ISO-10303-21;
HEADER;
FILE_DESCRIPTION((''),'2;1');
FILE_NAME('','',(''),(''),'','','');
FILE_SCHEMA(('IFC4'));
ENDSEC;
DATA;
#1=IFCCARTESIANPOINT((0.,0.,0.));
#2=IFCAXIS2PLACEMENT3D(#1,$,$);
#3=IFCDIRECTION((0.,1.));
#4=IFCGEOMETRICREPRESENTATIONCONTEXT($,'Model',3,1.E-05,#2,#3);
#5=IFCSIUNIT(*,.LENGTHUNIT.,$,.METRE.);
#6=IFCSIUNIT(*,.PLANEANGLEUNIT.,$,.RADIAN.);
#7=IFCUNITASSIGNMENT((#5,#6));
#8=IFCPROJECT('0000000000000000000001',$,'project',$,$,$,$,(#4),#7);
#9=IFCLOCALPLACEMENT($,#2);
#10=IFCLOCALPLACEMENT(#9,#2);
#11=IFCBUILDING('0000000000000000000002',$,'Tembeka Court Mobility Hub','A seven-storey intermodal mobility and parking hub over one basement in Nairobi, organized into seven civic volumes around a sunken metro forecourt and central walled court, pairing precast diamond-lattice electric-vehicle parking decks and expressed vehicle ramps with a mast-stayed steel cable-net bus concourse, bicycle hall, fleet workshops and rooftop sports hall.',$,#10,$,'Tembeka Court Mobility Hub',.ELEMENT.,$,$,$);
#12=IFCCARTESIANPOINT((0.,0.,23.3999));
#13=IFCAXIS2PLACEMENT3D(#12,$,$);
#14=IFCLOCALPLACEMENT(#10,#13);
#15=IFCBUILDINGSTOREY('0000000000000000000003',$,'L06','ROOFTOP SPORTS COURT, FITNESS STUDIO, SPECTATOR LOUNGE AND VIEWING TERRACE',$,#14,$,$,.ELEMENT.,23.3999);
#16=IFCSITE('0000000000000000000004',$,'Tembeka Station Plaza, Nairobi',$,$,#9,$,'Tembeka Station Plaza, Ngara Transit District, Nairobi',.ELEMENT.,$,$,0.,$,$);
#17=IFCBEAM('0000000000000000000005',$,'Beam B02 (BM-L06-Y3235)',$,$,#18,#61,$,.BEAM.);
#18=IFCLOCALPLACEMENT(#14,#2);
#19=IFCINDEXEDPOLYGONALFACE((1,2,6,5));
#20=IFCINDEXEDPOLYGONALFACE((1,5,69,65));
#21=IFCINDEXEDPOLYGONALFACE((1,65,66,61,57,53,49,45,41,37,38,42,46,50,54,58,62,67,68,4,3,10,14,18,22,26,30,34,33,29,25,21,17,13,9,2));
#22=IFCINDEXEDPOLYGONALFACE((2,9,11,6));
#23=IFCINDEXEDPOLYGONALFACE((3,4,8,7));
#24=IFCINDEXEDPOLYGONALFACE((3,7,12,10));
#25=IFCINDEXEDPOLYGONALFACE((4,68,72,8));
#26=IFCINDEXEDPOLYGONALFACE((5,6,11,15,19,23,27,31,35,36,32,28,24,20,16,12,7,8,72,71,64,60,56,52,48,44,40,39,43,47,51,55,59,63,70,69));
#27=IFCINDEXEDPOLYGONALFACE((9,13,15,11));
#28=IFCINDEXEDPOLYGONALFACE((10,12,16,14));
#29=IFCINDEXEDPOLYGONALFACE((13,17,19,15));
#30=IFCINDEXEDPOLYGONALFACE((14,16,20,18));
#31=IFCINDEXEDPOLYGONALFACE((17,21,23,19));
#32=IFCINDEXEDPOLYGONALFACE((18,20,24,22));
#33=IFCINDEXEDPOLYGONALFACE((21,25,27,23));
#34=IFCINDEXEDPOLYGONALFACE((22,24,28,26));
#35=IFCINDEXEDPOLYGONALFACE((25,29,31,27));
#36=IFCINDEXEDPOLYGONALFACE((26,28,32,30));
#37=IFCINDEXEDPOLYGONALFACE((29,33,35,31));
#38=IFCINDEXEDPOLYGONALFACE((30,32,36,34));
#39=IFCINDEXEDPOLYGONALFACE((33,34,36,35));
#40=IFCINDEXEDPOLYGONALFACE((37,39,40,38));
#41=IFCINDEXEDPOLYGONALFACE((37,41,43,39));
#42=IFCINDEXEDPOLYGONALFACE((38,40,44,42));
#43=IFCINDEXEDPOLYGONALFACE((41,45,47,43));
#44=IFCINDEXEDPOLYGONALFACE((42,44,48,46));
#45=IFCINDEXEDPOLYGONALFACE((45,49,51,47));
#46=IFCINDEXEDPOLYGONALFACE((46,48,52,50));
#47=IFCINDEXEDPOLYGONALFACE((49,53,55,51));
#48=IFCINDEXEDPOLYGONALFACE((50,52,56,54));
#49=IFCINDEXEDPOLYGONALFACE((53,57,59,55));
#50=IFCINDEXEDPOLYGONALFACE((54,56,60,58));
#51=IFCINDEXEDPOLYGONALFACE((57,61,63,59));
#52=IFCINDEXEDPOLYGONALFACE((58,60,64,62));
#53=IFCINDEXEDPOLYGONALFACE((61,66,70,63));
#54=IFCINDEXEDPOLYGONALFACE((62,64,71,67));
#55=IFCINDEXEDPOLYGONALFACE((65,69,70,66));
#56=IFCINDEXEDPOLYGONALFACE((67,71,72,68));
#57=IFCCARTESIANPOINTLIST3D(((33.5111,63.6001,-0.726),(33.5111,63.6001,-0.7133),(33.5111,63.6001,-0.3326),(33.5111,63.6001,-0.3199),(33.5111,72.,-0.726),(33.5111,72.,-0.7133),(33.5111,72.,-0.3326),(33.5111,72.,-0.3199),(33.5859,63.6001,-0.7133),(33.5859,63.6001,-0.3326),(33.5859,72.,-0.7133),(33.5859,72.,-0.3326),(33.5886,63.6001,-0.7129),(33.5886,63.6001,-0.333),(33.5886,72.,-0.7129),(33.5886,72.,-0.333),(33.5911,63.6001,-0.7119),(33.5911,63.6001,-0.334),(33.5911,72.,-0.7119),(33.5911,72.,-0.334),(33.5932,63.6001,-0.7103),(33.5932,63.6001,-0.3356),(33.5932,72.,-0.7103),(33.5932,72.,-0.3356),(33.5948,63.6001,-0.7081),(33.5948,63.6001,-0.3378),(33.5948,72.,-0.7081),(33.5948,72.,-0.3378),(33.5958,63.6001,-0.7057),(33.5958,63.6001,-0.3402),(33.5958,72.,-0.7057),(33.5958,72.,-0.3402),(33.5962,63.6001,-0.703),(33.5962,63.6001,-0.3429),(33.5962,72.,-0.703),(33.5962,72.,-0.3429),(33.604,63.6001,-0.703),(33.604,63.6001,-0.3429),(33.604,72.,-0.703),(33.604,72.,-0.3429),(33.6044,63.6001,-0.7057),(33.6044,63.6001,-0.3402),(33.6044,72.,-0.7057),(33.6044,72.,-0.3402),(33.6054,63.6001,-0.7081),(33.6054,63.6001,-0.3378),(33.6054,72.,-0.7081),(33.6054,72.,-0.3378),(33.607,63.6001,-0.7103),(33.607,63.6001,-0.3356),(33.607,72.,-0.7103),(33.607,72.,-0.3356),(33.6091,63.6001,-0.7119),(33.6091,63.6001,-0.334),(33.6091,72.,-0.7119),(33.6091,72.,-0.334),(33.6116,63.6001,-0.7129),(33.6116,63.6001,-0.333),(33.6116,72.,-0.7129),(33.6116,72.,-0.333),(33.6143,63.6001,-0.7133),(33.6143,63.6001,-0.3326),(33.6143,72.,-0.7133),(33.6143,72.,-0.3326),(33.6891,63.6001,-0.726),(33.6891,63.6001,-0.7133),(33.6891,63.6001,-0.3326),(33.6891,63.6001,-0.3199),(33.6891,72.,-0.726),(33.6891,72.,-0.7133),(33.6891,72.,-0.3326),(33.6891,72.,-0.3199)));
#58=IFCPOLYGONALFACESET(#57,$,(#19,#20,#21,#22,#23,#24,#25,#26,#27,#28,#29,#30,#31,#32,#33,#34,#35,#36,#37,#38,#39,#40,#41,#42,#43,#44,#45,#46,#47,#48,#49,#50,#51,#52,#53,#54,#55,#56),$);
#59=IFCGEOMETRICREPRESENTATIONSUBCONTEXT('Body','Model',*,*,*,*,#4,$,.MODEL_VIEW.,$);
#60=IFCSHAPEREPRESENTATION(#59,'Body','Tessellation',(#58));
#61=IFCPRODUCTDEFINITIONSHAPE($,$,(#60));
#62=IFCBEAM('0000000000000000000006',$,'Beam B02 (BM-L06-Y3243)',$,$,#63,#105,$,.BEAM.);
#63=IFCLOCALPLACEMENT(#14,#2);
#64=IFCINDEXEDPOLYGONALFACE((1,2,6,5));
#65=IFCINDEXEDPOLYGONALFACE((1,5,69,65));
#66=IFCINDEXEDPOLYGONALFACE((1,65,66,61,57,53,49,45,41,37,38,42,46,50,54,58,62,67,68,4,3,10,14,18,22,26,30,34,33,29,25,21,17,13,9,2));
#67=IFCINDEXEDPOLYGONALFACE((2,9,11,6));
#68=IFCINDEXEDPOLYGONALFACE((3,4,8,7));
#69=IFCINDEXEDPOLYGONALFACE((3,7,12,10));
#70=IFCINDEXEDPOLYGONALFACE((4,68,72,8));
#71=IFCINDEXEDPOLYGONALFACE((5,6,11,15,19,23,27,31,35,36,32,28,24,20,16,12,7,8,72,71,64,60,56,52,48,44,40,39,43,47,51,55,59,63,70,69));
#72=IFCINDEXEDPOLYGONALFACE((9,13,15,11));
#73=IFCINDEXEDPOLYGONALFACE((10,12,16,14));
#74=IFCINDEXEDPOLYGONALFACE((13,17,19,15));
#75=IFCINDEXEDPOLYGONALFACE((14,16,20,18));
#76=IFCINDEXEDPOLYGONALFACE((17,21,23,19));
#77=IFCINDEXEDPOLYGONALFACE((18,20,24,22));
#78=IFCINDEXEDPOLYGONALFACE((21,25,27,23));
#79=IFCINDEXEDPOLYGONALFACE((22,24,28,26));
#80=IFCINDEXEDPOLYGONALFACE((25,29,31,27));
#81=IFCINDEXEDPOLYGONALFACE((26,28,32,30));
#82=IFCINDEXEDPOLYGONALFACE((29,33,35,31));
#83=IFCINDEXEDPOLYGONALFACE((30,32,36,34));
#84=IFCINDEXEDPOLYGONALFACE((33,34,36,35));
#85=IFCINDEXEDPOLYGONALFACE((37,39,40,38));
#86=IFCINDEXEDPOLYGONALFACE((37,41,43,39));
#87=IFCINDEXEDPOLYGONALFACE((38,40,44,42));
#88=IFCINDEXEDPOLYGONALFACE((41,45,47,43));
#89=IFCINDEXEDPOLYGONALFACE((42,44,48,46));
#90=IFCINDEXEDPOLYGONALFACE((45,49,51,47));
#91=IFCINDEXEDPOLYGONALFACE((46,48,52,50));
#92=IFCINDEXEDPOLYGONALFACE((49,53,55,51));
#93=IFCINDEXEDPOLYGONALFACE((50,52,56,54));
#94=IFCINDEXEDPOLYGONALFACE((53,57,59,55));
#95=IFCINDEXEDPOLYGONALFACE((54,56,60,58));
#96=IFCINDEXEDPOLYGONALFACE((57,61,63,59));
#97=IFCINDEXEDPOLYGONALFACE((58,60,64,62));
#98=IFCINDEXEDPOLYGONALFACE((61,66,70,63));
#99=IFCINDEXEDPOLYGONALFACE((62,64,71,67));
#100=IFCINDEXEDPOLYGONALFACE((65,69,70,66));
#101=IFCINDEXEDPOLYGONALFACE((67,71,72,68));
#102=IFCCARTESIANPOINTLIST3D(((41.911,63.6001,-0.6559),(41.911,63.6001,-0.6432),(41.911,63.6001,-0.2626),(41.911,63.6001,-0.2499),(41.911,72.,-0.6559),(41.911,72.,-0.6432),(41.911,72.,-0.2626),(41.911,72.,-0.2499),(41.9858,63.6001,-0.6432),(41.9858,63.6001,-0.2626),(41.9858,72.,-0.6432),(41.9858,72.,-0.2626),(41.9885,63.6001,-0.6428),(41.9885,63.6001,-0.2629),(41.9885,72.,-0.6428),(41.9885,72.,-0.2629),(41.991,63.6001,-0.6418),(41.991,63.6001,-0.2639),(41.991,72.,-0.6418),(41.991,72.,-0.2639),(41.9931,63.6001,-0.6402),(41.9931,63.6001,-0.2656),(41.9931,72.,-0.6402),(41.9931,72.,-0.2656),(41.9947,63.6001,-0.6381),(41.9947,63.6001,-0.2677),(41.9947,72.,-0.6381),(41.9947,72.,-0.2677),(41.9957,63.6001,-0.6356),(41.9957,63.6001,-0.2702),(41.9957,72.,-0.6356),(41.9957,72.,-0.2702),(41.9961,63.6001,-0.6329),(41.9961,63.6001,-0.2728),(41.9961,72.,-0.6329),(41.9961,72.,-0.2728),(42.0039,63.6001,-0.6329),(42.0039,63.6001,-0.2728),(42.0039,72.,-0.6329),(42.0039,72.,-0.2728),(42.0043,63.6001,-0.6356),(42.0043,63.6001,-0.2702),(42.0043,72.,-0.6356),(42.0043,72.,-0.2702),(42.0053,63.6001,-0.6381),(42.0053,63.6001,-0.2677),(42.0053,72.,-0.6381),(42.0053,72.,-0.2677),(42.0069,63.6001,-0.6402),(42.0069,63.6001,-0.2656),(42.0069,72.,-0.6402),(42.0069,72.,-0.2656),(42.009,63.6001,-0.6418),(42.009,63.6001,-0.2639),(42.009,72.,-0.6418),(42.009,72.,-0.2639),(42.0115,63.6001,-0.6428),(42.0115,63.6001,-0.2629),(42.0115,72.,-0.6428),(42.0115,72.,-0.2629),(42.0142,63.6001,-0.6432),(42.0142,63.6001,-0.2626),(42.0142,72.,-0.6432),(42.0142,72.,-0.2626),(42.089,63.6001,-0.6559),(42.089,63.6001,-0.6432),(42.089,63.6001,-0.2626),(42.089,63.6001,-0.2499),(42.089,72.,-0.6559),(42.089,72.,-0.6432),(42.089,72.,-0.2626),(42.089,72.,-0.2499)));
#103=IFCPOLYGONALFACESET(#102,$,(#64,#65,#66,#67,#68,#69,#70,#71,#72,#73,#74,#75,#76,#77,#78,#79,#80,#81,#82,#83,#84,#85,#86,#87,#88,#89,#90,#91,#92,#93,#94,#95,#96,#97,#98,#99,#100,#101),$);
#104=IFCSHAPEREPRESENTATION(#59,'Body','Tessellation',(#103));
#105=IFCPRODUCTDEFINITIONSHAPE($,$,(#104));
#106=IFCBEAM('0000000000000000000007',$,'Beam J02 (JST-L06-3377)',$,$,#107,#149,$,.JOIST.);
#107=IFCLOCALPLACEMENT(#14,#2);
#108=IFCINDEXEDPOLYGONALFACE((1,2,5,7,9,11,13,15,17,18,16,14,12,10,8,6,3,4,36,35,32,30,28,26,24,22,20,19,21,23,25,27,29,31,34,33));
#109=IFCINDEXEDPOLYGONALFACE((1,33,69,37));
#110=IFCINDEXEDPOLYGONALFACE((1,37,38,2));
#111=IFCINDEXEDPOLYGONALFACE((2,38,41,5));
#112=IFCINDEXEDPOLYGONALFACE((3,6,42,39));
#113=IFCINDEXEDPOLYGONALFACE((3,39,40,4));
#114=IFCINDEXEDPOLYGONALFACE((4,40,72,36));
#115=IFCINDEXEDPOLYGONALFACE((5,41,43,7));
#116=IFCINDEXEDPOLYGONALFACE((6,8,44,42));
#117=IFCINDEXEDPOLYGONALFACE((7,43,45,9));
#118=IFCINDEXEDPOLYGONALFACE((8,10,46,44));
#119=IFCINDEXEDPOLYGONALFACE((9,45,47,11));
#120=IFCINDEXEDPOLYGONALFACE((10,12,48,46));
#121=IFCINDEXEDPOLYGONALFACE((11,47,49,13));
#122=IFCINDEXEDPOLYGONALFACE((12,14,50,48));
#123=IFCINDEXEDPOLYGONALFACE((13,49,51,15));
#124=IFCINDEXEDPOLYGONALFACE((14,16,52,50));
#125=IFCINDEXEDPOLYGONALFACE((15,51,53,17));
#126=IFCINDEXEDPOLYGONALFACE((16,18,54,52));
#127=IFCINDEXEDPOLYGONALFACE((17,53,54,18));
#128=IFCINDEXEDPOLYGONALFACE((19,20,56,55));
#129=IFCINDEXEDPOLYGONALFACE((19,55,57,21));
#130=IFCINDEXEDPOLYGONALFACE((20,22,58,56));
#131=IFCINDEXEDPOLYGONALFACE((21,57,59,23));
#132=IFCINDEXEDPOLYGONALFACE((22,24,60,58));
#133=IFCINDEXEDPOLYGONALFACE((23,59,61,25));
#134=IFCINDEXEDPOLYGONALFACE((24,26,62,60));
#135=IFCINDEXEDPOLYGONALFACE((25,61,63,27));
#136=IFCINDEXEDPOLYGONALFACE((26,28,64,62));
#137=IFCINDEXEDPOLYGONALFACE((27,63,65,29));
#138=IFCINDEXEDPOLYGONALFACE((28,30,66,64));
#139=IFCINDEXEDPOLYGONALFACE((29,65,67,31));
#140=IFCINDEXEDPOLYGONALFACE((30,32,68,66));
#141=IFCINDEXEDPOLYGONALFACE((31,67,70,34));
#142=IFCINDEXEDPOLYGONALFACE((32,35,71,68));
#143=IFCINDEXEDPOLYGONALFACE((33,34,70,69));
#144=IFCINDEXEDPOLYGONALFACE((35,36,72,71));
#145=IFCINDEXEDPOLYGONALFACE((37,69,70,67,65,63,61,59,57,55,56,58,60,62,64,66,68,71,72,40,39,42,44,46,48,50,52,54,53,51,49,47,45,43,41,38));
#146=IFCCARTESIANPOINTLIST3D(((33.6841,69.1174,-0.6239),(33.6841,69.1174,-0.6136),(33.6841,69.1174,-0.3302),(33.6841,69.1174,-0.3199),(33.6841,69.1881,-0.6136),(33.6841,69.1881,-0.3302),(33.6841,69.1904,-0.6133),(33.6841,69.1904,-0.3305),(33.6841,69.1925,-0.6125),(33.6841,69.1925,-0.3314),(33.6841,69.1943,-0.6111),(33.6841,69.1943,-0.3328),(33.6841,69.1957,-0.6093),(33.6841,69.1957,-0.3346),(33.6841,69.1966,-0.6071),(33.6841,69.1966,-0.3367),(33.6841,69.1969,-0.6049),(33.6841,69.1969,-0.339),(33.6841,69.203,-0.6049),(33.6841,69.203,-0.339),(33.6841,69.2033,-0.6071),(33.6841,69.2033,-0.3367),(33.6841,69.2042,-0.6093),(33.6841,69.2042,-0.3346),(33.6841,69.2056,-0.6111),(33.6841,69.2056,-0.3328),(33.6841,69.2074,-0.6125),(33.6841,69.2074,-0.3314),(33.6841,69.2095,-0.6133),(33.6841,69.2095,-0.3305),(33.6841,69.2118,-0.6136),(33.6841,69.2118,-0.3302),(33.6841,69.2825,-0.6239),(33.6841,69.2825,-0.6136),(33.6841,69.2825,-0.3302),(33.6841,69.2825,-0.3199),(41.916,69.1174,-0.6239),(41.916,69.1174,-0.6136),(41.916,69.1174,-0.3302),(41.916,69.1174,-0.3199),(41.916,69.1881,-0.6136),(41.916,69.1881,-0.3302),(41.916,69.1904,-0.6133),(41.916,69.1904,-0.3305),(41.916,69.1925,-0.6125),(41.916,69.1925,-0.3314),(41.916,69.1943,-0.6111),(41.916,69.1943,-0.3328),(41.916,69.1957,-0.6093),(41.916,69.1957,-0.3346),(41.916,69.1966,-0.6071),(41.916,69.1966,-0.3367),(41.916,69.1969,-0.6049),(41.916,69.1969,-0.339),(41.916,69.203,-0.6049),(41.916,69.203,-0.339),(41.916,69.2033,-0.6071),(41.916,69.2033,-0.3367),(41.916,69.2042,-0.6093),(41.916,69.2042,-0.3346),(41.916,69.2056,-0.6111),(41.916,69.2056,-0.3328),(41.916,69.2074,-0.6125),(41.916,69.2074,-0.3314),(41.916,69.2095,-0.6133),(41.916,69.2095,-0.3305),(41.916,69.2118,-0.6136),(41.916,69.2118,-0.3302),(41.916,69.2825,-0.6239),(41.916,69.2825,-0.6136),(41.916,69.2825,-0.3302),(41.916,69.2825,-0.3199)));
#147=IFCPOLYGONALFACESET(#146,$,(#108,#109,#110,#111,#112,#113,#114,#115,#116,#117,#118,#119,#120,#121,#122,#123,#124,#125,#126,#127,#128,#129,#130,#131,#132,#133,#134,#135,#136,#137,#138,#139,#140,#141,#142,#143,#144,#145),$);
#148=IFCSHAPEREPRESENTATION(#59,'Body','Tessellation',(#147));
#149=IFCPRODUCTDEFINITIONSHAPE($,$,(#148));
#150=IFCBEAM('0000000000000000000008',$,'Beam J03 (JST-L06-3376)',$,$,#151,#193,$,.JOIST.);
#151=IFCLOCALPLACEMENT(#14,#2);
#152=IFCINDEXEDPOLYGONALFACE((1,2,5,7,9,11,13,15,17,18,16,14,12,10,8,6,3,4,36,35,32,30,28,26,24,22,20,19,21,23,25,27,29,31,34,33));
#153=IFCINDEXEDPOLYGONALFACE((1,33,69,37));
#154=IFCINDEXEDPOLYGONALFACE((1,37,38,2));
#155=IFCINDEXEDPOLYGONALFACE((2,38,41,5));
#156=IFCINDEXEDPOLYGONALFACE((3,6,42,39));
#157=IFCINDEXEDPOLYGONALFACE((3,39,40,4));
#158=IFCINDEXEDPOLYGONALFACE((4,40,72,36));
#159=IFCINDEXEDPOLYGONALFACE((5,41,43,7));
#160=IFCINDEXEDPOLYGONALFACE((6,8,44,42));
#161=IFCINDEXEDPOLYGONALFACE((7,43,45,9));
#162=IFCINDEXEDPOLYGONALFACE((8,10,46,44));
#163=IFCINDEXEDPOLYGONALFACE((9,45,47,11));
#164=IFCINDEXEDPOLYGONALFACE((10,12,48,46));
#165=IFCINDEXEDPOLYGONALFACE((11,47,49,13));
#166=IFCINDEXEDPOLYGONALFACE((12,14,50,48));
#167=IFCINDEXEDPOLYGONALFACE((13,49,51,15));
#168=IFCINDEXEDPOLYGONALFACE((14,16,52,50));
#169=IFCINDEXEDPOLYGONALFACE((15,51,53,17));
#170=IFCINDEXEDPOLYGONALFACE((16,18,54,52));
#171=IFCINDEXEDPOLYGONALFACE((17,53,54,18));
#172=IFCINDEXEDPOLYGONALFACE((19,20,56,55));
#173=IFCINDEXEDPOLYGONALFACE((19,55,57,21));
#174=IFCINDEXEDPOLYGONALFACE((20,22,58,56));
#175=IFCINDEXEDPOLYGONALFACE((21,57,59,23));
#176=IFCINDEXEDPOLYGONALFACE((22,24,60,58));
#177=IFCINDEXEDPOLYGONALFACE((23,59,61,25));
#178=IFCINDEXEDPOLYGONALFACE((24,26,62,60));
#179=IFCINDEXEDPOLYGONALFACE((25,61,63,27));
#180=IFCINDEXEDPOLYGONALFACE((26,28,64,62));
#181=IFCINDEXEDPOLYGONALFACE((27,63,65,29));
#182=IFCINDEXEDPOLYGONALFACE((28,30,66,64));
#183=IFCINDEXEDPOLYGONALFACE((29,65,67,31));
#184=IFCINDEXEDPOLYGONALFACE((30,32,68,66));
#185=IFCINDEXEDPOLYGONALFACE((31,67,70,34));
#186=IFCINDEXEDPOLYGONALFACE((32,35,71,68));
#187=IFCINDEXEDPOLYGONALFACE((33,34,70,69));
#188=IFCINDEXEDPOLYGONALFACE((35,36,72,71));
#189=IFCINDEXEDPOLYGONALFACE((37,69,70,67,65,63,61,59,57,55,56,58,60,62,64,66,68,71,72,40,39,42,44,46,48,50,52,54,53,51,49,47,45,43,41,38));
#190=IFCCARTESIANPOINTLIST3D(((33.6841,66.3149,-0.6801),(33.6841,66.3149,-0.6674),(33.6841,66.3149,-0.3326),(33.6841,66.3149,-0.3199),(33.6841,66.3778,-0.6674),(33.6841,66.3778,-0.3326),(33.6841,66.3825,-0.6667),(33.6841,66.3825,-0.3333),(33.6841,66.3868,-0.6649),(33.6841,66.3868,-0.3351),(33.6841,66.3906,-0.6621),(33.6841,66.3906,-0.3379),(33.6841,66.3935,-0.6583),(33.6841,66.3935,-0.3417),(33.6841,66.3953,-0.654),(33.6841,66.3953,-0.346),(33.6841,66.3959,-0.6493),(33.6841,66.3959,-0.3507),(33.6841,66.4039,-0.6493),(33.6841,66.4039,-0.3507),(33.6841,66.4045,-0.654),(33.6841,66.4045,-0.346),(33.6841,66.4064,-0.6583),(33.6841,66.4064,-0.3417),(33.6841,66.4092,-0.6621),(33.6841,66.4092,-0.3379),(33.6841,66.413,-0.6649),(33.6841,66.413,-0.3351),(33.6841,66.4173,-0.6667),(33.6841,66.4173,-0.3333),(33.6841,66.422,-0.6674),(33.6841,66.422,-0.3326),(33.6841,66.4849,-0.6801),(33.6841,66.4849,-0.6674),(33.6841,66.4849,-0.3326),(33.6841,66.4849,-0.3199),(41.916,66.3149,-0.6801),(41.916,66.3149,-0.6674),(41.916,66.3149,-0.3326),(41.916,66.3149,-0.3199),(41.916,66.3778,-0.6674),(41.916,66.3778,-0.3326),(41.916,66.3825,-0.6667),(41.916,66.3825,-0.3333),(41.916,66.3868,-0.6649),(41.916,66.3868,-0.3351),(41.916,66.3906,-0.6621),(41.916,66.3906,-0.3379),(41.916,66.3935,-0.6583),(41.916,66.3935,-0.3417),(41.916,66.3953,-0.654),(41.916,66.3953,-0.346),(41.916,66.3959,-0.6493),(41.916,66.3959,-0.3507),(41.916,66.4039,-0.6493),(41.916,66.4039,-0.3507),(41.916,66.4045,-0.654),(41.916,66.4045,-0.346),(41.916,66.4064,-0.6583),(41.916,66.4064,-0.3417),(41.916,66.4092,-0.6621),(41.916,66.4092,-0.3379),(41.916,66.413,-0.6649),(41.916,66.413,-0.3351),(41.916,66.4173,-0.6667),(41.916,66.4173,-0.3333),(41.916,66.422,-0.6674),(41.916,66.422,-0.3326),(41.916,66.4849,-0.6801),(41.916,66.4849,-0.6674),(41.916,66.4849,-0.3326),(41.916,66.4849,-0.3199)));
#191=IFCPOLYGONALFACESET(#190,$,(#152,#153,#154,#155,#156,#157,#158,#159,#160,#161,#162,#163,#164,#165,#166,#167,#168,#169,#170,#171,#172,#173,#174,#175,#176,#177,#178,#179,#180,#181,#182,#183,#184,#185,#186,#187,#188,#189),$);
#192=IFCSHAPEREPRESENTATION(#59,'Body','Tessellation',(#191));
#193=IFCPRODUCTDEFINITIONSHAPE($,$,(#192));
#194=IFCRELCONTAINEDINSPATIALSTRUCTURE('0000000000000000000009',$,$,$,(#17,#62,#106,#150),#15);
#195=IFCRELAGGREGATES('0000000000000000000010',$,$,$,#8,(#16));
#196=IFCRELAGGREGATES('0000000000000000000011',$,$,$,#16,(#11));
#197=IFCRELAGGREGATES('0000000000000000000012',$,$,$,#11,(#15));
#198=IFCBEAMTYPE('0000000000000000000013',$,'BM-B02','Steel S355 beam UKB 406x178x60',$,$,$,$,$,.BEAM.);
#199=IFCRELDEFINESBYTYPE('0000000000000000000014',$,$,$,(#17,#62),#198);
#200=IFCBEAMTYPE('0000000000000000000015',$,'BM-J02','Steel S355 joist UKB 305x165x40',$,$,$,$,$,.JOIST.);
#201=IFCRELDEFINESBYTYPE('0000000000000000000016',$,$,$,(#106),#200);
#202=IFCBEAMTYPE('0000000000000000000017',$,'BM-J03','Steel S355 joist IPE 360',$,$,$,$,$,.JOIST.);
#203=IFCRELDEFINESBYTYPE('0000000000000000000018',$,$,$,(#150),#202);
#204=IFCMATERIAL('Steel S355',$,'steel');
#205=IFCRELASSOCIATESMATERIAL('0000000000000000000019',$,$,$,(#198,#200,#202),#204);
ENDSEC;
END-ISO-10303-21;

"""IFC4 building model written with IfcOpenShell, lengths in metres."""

from ifc_helpers import new_model, si_unit, direction, frame, origin, origin_2d, place, context, subcontext, project, spatial, i_section, extrude, material, material_profile, profile_set, type_object, element, save


model = new_model("IFC4")

# Units and contexts
model_context = context("Model", 3, precision=1e-05, world=origin(), true_north=direction((0.0, 1.0)))
body_context = subcontext(model_context, "Body", "Model", "MODEL_VIEW")
ifc_project = project(units=[si_unit("LENGTHUNIT", "METRE"), si_unit("PLANEANGLEUNIT", "RADIAN")], contexts=[model_context])

# Site, building, storey
site_placement = place(None, origin())
site = spatial("IfcSite", under=ifc_project, at=site_placement, Name="Tembeka Station Plaza, Nairobi", LongName="Tembeka Station Plaza, Ngara Transit District, Nairobi", CompositionType="ELEMENT", RefElevation=0.0)
building_placement = place(site_placement, origin())
building = spatial("IfcBuilding", under=site, at=building_placement, Name="Tembeka Court Mobility Hub", Description="A seven-storey intermodal mobility and parking hub over one basement in Nairobi, organized into seven civic volumes around a sunken metro forecourt and central walled court, pairing precast diamond-lattice electric-vehicle parking decks and expressed vehicle ramps with a mast-stayed steel cable-net bus concourse, bicycle hall, fleet workshops and rooftop sports hall.", LongName="Tembeka Court Mobility Hub", CompositionType="ELEMENT")
storey_placement = place(building_placement, frame((0.0, 0.0, 23.3999)))
storey = spatial("IfcBuildingStorey", under=building, at=storey_placement, Name="L06", Description="ROOFTOP SPORTS COURT, FITNESS STUDIO, SPECTATOR LOUNGE AND VIEWING TERRACE", CompositionType="ELEMENT", Elevation=23.3999)

# Shared definitions
ifc_material_1 = material(Name="Steel S355", Category="steel")

# Beams
ifc_material_profile_1 = material_profile(ifc_material_1, i_section(OverallWidth=0.178, OverallDepth=0.406, WebThickness=0.0078, FlangeThickness=0.0127, FilletRadius=0.0103, at=origin_2d()), Name="UKB 406x178x60")
ifc_profile_set_1 = profile_set([ifc_material_profile_1], Name="Steel S355")
beam_type_1 = type_object("IfcBeamType", Name="BM-B02", Description="Steel S355 beam UKB 406x178x60", PredefinedType="BEAM", material=ifc_profile_set_1)
for number, where, z_axis, x_axis, name in (
    (1, (33.6001, 63.6001, -0.5229), (0.0, 1.0, 0.0), (-1.0, 0.0, 0.0), "Beam B02 (BM-L06-Y3235)"),
    (2, (42.0, 63.6001, -0.4529), (0.0, 1.0, 0.0), (-1.0, 0.0, 0.0), "Beam B02 (BM-L06-Y3243)"),
):
    element("IfcBeam", number, at=place(storey_placement, frame(where, z_axis=z_axis, x_axis=x_axis)), inside=storey, type_object=beam_type_1, Name=name, PredefinedType="BEAM", context=body_context, shape_type="SweptSolid", body=[
        extrude(i_section(OverallWidth=0.178, OverallDepth=0.406, WebThickness=0.0078, FlangeThickness=0.0127, FilletRadius=0.0103, at=origin_2d()), origin(), (0.0, 0.0, 1.0), 8.3999),
    ])
ifc_material_profile_2 = material_profile(ifc_material_1, i_section(OverallWidth=0.165, OverallDepth=0.304, WebThickness=0.0061, FlangeThickness=0.0103, FilletRadius=0.0088, at=origin_2d()), Name="UKB 305x165x40")
ifc_profile_set_2 = profile_set([ifc_material_profile_2], Name="Steel S355")
beam_type_2 = type_object("IfcBeamType", Name="BM-J02", Description="Steel S355 joist UKB 305x165x40", PredefinedType="JOIST", material=ifc_profile_set_2)
beam_placement = place(storey_placement, frame((33.6841, 69.2, -0.4719), z_axis=(1.0, 0.0, 0.0), x_axis=(0.0, 1.0, 0.0)))
element("IfcBeam", 3, at=beam_placement, inside=storey, type_object=beam_type_2, Name="Beam J02 (JST-L06-3377)", PredefinedType="JOIST", context=body_context, shape_type="SweptSolid", body=[
    extrude(i_section(OverallWidth=0.165, OverallDepth=0.304, WebThickness=0.0061, FlangeThickness=0.0103, FilletRadius=0.0088, at=origin_2d()), origin(), (0.0, 0.0, 1.0), 8.2319),
])
ifc_material_profile_3 = material_profile(ifc_material_1, i_section(OverallWidth=0.1699, OverallDepth=0.3601, WebThickness=0.0081, FlangeThickness=0.0127, FilletRadius=0.0181, at=origin_2d()), Name="IPE 360")
ifc_profile_set_3 = profile_set([ifc_material_profile_3], Name="Steel S355")
beam_type_3 = type_object("IfcBeamType", Name="BM-J03", Description="Steel S355 joist IPE 360", PredefinedType="JOIST", material=ifc_profile_set_3)
for number, where, z_axis, x_axis, name in (
    (4, (33.6841, 66.3999, -0.5), (1.0, 0.0, 0.0), (0.0, 1.0, 0.0), "Beam J03 (JST-L06-3376)"),
):
    element("IfcBeam", number, at=place(storey_placement, frame(where, z_axis=z_axis, x_axis=x_axis)), inside=storey, type_object=beam_type_3, Name=name, PredefinedType="JOIST", context=body_context, shape_type="SweptSolid", body=[
        extrude(i_section(OverallWidth=0.1699, OverallDepth=0.3601, WebThickness=0.0081, FlangeThickness=0.0127, FilletRadius=0.0181, at=origin_2d()), origin(), (0.0, 0.0, 1.0), 8.2319),
    ])

save(model, "model.ifc")
